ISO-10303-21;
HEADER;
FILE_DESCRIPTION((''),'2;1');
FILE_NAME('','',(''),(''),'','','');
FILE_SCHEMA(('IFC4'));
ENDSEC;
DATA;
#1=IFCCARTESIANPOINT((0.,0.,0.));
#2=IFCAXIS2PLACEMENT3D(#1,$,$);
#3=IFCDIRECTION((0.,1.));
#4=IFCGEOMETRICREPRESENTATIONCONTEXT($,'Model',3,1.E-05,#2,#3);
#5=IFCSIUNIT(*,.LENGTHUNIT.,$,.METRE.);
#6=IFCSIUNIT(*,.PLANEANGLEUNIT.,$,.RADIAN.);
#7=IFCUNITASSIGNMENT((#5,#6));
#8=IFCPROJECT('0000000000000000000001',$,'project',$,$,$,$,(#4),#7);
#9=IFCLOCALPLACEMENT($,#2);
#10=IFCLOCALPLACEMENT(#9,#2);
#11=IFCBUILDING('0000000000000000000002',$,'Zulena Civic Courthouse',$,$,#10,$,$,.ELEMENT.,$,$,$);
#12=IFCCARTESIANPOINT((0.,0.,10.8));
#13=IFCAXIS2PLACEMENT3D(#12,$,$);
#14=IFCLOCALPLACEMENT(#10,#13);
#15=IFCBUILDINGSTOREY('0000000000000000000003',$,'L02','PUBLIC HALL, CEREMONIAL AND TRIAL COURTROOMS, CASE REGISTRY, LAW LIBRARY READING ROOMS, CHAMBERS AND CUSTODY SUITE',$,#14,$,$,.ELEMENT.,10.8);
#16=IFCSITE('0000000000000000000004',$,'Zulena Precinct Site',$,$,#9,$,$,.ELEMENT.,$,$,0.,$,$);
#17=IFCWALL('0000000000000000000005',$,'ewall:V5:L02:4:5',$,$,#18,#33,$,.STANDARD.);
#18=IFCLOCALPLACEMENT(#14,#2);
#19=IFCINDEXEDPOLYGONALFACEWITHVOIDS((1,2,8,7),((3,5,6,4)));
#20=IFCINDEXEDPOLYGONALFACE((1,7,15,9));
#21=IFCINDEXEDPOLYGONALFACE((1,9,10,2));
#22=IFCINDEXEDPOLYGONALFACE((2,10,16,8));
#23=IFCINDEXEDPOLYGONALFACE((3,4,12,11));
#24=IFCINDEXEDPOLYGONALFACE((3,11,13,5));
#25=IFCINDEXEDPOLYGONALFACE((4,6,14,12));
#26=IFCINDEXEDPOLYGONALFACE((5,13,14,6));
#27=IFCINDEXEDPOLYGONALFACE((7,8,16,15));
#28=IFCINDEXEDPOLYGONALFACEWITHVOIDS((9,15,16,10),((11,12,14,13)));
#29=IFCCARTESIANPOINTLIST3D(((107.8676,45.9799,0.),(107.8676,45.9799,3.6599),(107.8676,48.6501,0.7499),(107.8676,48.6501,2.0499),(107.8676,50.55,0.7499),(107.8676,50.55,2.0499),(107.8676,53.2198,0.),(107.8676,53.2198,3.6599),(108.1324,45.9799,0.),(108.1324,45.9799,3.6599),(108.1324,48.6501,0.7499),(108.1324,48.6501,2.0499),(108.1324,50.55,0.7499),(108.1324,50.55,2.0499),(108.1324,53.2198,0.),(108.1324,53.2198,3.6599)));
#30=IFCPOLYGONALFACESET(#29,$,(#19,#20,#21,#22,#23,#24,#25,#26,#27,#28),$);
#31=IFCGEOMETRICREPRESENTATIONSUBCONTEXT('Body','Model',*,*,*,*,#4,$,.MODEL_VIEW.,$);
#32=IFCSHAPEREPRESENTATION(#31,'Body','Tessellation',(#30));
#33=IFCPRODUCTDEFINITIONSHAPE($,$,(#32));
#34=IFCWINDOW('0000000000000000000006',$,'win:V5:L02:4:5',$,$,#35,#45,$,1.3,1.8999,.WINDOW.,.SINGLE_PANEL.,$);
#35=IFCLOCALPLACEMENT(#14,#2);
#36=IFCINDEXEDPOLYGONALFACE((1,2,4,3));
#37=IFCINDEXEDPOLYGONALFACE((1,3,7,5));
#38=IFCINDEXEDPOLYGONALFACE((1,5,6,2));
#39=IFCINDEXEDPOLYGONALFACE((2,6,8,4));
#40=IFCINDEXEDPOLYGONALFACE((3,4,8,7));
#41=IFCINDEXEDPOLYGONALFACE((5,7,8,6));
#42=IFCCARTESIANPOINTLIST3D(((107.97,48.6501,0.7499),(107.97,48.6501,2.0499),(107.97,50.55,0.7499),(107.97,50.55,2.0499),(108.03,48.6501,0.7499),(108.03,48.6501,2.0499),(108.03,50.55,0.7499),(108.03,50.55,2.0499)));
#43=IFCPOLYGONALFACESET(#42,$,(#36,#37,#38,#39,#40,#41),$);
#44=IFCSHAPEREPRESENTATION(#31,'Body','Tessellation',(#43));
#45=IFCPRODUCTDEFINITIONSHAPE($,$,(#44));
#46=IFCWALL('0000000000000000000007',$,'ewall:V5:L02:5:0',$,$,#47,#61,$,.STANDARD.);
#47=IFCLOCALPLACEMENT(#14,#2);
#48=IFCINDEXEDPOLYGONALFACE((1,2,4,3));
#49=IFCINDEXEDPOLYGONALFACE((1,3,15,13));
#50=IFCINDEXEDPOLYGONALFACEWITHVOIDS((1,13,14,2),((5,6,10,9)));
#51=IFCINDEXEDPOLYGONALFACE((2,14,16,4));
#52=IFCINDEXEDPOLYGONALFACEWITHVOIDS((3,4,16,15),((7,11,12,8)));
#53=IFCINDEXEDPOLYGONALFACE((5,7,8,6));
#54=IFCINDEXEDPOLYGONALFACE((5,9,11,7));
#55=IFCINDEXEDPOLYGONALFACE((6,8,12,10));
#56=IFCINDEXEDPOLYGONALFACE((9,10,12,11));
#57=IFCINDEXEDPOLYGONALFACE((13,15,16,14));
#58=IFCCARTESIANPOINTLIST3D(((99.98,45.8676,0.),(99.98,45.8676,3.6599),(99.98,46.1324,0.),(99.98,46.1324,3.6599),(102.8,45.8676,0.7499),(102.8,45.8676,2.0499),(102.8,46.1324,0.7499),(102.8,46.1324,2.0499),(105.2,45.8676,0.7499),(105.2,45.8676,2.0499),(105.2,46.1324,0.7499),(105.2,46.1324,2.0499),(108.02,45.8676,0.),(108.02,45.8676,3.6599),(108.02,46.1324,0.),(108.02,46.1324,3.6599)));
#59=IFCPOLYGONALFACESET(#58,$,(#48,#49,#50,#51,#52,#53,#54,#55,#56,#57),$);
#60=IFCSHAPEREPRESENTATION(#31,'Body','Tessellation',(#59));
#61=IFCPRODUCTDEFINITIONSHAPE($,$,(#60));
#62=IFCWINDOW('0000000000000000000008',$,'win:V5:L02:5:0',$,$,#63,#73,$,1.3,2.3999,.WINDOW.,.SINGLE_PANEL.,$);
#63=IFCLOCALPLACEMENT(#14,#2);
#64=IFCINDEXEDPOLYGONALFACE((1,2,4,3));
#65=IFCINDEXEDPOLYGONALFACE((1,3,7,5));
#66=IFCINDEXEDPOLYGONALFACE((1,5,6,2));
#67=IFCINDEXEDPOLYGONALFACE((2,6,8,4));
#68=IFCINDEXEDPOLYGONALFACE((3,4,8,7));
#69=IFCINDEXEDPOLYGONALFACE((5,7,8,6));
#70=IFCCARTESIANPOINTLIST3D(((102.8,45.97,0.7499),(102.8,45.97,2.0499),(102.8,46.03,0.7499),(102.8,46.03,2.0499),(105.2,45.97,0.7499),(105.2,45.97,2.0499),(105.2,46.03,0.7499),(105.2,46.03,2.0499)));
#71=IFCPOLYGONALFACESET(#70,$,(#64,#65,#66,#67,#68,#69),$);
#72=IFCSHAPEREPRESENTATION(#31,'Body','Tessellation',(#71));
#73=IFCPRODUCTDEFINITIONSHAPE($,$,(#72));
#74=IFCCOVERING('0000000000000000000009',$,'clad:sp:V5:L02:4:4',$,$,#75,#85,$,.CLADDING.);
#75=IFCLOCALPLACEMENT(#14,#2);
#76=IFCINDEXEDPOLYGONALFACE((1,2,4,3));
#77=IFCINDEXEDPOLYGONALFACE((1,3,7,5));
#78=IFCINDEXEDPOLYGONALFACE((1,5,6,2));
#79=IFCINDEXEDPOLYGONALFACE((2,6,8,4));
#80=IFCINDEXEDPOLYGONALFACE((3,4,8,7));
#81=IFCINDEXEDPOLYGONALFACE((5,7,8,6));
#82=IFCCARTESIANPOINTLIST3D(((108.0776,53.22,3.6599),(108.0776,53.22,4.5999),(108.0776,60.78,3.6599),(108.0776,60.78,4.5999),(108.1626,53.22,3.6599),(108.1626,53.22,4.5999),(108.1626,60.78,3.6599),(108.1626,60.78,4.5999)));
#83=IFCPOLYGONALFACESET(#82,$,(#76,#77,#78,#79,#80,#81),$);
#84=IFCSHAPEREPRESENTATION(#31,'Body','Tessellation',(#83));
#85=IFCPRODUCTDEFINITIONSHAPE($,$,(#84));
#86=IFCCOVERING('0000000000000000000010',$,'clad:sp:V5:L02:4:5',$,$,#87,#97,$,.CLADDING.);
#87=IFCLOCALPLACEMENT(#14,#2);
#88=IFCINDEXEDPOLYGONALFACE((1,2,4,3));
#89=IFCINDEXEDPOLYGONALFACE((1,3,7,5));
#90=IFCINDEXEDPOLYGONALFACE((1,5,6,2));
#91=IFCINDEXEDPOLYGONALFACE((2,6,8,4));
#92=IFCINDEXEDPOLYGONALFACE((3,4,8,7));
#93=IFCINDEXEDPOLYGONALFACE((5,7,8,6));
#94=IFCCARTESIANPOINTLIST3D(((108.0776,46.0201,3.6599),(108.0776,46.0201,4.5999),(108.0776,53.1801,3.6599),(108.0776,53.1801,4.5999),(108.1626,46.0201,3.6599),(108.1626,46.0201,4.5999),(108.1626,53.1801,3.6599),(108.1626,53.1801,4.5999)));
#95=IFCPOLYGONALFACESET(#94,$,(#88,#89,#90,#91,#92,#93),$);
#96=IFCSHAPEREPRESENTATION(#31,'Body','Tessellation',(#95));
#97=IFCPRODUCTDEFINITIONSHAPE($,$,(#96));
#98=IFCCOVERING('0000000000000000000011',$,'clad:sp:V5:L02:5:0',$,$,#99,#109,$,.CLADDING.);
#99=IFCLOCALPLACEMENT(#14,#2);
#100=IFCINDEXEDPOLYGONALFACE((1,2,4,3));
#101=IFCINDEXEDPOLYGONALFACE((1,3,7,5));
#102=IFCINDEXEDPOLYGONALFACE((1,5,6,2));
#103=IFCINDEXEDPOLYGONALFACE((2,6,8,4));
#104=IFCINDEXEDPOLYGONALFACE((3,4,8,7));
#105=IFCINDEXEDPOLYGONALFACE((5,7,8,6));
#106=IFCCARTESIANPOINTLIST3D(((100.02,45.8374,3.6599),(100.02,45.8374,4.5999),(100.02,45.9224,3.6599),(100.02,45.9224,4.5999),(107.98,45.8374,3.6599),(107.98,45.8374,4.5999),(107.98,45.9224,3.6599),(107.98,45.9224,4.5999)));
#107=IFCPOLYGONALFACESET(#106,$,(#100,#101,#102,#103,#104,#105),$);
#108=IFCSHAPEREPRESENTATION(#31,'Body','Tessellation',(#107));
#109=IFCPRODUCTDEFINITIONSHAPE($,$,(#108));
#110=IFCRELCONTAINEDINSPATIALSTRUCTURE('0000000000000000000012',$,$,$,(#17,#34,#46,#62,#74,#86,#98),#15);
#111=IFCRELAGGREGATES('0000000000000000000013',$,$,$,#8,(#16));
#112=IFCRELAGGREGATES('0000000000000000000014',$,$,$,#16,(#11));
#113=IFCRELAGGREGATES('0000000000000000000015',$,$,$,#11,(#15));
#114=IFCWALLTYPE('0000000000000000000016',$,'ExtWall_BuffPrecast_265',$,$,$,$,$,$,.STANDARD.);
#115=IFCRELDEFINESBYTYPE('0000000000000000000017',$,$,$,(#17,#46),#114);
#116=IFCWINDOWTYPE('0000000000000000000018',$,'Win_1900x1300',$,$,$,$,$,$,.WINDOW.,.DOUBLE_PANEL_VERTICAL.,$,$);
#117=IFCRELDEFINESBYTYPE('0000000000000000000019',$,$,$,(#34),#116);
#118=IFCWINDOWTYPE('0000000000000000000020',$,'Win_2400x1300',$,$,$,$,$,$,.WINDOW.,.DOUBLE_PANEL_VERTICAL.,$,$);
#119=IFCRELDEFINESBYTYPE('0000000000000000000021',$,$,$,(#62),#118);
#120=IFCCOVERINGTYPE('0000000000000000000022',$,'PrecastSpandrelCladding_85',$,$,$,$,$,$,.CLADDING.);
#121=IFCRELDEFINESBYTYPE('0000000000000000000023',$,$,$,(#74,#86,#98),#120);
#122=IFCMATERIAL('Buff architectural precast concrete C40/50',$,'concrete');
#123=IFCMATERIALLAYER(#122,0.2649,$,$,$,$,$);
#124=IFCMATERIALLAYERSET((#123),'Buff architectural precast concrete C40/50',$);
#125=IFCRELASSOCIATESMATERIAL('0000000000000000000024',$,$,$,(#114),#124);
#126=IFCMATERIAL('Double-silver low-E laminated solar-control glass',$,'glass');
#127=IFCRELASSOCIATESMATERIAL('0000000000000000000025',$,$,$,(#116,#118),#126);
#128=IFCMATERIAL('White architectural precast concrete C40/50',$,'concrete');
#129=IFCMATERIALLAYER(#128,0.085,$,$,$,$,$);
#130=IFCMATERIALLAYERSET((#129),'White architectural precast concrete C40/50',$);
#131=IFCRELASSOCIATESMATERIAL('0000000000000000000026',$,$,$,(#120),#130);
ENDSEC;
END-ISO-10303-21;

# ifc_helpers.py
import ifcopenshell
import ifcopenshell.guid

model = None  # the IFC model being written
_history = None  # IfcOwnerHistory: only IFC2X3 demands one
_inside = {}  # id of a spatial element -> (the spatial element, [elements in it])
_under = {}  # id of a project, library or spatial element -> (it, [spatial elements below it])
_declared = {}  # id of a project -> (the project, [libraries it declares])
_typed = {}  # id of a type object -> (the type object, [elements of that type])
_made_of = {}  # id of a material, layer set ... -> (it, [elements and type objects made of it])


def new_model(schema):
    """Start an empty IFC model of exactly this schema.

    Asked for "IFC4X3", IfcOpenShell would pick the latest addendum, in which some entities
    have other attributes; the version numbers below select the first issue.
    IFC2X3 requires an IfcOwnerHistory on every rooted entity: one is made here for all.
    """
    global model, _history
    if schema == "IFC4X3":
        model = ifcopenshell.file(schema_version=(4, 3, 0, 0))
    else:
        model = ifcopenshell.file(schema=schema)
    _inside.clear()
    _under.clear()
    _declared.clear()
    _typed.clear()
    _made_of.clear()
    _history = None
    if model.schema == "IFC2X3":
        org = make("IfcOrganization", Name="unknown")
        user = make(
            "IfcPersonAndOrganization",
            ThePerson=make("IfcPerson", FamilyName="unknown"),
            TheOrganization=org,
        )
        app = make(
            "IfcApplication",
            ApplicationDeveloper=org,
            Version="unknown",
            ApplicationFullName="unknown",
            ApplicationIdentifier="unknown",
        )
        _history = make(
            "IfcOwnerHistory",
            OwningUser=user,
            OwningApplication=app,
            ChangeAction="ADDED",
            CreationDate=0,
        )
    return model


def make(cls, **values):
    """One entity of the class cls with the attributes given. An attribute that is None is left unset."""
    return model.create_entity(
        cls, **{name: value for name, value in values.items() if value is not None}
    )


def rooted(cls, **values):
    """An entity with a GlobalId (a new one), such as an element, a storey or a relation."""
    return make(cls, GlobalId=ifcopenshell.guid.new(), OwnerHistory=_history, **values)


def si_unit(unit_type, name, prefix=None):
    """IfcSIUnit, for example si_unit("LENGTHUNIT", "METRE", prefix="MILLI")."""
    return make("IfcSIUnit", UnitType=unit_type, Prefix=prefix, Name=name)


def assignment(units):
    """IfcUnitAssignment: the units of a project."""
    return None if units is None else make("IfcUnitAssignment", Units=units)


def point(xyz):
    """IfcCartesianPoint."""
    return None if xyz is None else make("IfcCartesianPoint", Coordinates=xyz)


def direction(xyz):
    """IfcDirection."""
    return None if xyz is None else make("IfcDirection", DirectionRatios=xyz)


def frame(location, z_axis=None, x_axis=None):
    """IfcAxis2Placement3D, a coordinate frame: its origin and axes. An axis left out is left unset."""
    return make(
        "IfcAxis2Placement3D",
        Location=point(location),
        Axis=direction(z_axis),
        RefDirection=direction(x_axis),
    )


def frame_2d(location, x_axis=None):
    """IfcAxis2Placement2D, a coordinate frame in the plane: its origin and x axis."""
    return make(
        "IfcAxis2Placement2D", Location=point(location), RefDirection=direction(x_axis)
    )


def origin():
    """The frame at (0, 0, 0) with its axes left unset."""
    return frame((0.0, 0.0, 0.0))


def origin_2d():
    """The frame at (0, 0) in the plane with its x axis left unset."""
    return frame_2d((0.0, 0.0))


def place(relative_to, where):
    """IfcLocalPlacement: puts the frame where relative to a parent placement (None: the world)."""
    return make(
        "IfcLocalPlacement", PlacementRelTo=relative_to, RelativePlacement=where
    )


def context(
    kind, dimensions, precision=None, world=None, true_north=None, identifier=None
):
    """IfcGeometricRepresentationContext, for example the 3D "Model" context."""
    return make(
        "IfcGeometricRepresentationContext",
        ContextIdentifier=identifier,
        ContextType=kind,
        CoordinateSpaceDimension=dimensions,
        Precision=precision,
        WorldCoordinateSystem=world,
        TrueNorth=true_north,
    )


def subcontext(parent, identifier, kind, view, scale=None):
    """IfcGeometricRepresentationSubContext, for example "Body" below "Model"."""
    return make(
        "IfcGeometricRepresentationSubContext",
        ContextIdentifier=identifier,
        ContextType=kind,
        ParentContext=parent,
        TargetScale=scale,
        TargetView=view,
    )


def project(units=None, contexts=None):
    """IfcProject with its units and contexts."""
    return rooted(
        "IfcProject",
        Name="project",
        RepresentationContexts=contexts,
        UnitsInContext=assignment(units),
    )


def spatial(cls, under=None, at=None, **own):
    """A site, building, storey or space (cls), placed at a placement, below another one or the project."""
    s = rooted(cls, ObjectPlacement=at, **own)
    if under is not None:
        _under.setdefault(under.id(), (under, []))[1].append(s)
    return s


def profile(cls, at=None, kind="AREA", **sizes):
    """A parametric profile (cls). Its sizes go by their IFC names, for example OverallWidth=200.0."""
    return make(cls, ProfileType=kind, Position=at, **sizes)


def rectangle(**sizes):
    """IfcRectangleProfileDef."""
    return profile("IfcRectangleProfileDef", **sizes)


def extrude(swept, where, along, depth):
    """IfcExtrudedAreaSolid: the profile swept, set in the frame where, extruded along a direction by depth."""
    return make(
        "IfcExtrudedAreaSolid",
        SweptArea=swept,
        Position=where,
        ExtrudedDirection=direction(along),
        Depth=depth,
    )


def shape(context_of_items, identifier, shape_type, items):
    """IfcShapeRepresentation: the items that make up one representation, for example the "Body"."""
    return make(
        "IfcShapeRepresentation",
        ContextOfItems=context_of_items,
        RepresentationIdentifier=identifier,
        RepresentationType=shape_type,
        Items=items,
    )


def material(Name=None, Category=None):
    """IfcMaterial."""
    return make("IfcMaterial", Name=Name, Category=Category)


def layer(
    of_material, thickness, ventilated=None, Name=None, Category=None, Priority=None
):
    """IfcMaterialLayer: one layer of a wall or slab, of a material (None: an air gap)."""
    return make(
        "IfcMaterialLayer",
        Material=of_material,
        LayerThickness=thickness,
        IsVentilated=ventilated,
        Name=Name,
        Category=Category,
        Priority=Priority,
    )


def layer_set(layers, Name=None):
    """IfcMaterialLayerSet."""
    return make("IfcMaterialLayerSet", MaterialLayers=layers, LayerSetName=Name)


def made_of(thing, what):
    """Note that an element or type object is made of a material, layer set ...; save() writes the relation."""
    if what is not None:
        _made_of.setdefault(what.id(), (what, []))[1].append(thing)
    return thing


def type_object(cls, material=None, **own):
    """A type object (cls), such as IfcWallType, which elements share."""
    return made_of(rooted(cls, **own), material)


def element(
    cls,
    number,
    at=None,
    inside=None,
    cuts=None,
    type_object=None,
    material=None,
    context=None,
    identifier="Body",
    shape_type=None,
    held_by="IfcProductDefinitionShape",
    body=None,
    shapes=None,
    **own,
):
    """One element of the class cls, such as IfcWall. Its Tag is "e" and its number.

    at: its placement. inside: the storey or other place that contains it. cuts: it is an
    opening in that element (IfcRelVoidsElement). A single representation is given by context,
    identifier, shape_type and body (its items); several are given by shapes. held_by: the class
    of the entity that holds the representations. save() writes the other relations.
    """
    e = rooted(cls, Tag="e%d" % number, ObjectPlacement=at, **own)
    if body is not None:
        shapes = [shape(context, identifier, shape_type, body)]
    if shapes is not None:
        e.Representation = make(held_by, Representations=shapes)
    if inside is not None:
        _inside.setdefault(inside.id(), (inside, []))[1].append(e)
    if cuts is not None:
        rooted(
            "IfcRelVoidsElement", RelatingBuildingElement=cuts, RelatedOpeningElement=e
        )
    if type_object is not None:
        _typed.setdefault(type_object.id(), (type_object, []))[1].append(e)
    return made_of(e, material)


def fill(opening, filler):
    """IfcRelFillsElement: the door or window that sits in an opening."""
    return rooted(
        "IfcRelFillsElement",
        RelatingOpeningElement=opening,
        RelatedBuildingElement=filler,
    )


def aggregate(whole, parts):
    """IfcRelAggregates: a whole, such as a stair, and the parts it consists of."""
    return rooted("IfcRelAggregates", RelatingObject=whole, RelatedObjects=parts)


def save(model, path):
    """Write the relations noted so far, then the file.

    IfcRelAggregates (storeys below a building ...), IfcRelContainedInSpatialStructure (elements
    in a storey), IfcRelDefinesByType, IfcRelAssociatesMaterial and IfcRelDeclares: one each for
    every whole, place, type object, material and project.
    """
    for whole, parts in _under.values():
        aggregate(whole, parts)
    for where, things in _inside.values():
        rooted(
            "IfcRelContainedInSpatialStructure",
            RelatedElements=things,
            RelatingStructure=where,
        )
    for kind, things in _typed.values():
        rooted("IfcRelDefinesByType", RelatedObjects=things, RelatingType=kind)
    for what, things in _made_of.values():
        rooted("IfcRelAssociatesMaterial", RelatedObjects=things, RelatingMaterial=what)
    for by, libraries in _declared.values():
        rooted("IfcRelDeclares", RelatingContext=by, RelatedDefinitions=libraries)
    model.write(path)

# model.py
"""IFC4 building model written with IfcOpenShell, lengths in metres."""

from ifc_helpers import new_model, si_unit, direction, frame, frame_2d, origin, origin_2d, place, context, subcontext, project, spatial, rectangle, extrude, material, layer, layer_set, type_object, element, fill, save


model = new_model("IFC4")

# Units and contexts
model_context = context("Model", 3, precision=1e-05, world=origin(), true_north=direction((0.0, 1.0)))
body_context = subcontext(model_context, "Body", "Model", "MODEL_VIEW")
ifc_project = project(units=[si_unit("LENGTHUNIT", "METRE"), si_unit("PLANEANGLEUNIT", "RADIAN")], contexts=[model_context])

# Site, building, storey
site_placement = place(None, origin())
site = spatial("IfcSite", under=ifc_project, at=site_placement, Name="Zulena Precinct Site", CompositionType="ELEMENT", RefElevation=0.0)
building_placement = place(site_placement, origin())
building = spatial("IfcBuilding", under=site, at=building_placement, Name="Zulena Civic Courthouse", CompositionType="ELEMENT")
storey_placement = place(building_placement, frame((0.0, 0.0, 10.8)))
storey = spatial("IfcBuildingStorey", under=building, at=storey_placement, Name="L02", Description="PUBLIC HALL, CEREMONIAL AND TRIAL COURTROOMS, CASE REGISTRY, LAW LIBRARY READING ROOMS, CHAMBERS AND CUSTODY SUITE", CompositionType="ELEMENT", Elevation=10.8)

# Shared definitions
ifc_material_1 = material(Name="Double-silver low-E laminated solar-control glass", Category="glass")

# Walls, openings, windows
ifc_material_2 = material(Name="Buff architectural precast concrete C40/50", Category="concrete")
ifc_layer_1 = layer(ifc_material_2, 0.2649)
ifc_layer_set_1 = layer_set([ifc_layer_1], Name="Buff architectural precast concrete C40/50")
wall_type = type_object("IfcWallType", Name="ExtWall_BuffPrecast_265", PredefinedType="STANDARD", material=ifc_layer_set_1)
wall_1_placement = place(storey_placement, frame((108.0, 53.22, 0.0), z_axis=(0.0, 0.0, 1.0), x_axis=(0.0, -1.0, 0.0)))
wall_1 = element("IfcWall", 1, at=wall_1_placement, inside=storey, type_object=wall_type, Name="ewall:V5:L02:4:5", PredefinedType="STANDARD", context=body_context, shape_type="SweptSolid", body=[
    extrude(rectangle(XDim=7.24, YDim=0.2649, at=frame_2d((3.6201, 0.0))), origin(), (0.0, 0.0, 1.0), 3.6599),
])
opening_1_placement = place(wall_1_placement, frame((2.6699, 0.0, 0.75)))
opening_1 = element("IfcOpeningElement", 2, at=opening_1_placement, cuts=wall_1, PredefinedType="OPENING", context=body_context, shape_type="SweptSolid", body=[
    extrude(rectangle(XDim=1.8999, YDim=1.3, at=frame_2d((0.95, 0.6499))), frame((0.0, 0.1423, 0.0), z_axis=(0.0, -1.0, 0.0), x_axis=(1.0, 0.0, 0.0)), (0.0, 0.0, 1.0), 0.2849),
])
window_type_1 = type_object("IfcWindowType", Name="Win_1900x1300", PartitioningType="DOUBLE_PANEL_VERTICAL", PredefinedType="WINDOW", material=ifc_material_1)
window_1_placement = place(opening_1_placement, origin())
window_1 = element("IfcWindow", 3, at=window_1_placement, inside=storey, type_object=window_type_1, Name="win:V5:L02:4:5", OverallHeight=1.3, OverallWidth=1.8999, PartitioningType="SINGLE_PANEL", PredefinedType="WINDOW", context=body_context, shape_type="SweptSolid", body=[
    extrude(rectangle(XDim=1.8999, YDim=1.3, at=frame_2d((0.95, 0.6499))), frame((0.0, 0.03, 0.0), z_axis=(0.0, -1.0, 0.0), x_axis=(1.0, 0.0, 0.0)), (0.0, 0.0, 1.0), 0.0601),
])
fill(opening_1, window_1)
wall_2_placement = place(storey_placement, frame((108.02, 46.0, 0.0), z_axis=(0.0, 0.0, 1.0), x_axis=(-1.0, 0.0, 0.0)))
wall_2 = element("IfcWall", 4, at=wall_2_placement, inside=storey, type_object=wall_type, Name="ewall:V5:L02:5:0", PredefinedType="STANDARD", context=body_context, shape_type="SweptSolid", body=[
    extrude(rectangle(XDim=8.04, YDim=0.2649, at=frame_2d((4.02, 0.0))), origin(), (0.0, 0.0, 1.0), 3.6599),
])
opening_2_placement = place(wall_2_placement, frame((2.8201, 0.0, 0.75)))
opening_2 = element("IfcOpeningElement", 5, at=opening_2_placement, cuts=wall_2, PredefinedType="OPENING", context=body_context, shape_type="SweptSolid", body=[
    extrude(rectangle(XDim=2.3999, YDim=1.3, at=frame_2d((1.2, 0.6499))), frame((0.0, 0.1423, 0.0), z_axis=(0.0, -1.0, 0.0), x_axis=(1.0, 0.0, 0.0)), (0.0, 0.0, 1.0), 0.2849),
])
window_type_2 = type_object("IfcWindowType", Name="Win_2400x1300", PartitioningType="DOUBLE_PANEL_VERTICAL", PredefinedType="WINDOW", material=ifc_material_1)
window_2_placement = place(opening_2_placement, origin())
window_2 = element("IfcWindow", 6, at=window_2_placement, inside=storey, type_object=window_type_2, Name="win:V5:L02:5:0", OverallHeight=1.3, OverallWidth=2.3999, PartitioningType="SINGLE_PANEL", PredefinedType="WINDOW", context=body_context, shape_type="SweptSolid", body=[
    extrude(rectangle(XDim=2.3999, YDim=1.3, at=frame_2d((1.2, 0.6499))), frame((0.0, 0.03, 0.0), z_axis=(0.0, -1.0, 0.0), x_axis=(1.0, 0.0, 0.0)), (0.0, 0.0, 1.0), 0.0601),
])
fill(opening_2, window_2)

# Coverings
ifc_material_3 = material(Name="White architectural precast concrete C40/50", Category="concrete")
ifc_layer_2 = layer(ifc_material_3, 0.085)
ifc_layer_set_2 = layer_set([ifc_layer_2], Name="White architectural precast concrete C40/50")
covering_type = type_object("IfcCoveringType", Name="PrecastSpandrelCladding_85", PredefinedType="CLADDING", material=ifc_layer_set_2)
covering_1_placement = place(storey_placement, frame((108.1201, 57.0, 3.6599), z_axis=(0.0, 0.0, 1.0), x_axis=(0.0, -1.0, 0.0)))
element("IfcCovering", 7, at=covering_1_placement, inside=storey, type_object=covering_type, Name="clad:sp:V5:L02:4:4", PredefinedType="CLADDING", context=body_context, shape_type="SweptSolid", body=[
    extrude(rectangle(XDim=7.5601, YDim=0.085, at=origin_2d()), origin(), (0.0, 0.0, 1.0), 0.9399),
])
covering_2_placement = place(storey_placement, frame((108.1201, 49.6001, 3.6599), z_axis=(0.0, 0.0, 1.0), x_axis=(0.0, -1.0, 0.0)))
element("IfcCovering", 8, at=covering_2_placement, inside=storey, type_object=covering_type, Name="clad:sp:V5:L02:4:5", PredefinedType="CLADDING", context=body_context, shape_type="SweptSolid", body=[
    extrude(rectangle(XDim=7.1599, YDim=0.085, at=origin_2d()), origin(), (0.0, 0.0, 1.0), 0.9399),
])
covering_3_placement = place(storey_placement, frame((104.0, 45.8799, 3.6599), z_axis=(0.0, 0.0, 1.0), x_axis=(-1.0, 0.0, 0.0)))
element("IfcCovering", 9, at=covering_3_placement, inside=storey, type_object=covering_type, Name="clad:sp:V5:L02:5:0", PredefinedType="CLADDING", context=body_context, shape_type="SweptSolid", body=[
    extrude(rectangle(XDim=7.96, YDim=0.085, at=origin_2d()), origin(), (0.0, 0.0, 1.0), 0.9399),
])

save(model, "model.ifc")
